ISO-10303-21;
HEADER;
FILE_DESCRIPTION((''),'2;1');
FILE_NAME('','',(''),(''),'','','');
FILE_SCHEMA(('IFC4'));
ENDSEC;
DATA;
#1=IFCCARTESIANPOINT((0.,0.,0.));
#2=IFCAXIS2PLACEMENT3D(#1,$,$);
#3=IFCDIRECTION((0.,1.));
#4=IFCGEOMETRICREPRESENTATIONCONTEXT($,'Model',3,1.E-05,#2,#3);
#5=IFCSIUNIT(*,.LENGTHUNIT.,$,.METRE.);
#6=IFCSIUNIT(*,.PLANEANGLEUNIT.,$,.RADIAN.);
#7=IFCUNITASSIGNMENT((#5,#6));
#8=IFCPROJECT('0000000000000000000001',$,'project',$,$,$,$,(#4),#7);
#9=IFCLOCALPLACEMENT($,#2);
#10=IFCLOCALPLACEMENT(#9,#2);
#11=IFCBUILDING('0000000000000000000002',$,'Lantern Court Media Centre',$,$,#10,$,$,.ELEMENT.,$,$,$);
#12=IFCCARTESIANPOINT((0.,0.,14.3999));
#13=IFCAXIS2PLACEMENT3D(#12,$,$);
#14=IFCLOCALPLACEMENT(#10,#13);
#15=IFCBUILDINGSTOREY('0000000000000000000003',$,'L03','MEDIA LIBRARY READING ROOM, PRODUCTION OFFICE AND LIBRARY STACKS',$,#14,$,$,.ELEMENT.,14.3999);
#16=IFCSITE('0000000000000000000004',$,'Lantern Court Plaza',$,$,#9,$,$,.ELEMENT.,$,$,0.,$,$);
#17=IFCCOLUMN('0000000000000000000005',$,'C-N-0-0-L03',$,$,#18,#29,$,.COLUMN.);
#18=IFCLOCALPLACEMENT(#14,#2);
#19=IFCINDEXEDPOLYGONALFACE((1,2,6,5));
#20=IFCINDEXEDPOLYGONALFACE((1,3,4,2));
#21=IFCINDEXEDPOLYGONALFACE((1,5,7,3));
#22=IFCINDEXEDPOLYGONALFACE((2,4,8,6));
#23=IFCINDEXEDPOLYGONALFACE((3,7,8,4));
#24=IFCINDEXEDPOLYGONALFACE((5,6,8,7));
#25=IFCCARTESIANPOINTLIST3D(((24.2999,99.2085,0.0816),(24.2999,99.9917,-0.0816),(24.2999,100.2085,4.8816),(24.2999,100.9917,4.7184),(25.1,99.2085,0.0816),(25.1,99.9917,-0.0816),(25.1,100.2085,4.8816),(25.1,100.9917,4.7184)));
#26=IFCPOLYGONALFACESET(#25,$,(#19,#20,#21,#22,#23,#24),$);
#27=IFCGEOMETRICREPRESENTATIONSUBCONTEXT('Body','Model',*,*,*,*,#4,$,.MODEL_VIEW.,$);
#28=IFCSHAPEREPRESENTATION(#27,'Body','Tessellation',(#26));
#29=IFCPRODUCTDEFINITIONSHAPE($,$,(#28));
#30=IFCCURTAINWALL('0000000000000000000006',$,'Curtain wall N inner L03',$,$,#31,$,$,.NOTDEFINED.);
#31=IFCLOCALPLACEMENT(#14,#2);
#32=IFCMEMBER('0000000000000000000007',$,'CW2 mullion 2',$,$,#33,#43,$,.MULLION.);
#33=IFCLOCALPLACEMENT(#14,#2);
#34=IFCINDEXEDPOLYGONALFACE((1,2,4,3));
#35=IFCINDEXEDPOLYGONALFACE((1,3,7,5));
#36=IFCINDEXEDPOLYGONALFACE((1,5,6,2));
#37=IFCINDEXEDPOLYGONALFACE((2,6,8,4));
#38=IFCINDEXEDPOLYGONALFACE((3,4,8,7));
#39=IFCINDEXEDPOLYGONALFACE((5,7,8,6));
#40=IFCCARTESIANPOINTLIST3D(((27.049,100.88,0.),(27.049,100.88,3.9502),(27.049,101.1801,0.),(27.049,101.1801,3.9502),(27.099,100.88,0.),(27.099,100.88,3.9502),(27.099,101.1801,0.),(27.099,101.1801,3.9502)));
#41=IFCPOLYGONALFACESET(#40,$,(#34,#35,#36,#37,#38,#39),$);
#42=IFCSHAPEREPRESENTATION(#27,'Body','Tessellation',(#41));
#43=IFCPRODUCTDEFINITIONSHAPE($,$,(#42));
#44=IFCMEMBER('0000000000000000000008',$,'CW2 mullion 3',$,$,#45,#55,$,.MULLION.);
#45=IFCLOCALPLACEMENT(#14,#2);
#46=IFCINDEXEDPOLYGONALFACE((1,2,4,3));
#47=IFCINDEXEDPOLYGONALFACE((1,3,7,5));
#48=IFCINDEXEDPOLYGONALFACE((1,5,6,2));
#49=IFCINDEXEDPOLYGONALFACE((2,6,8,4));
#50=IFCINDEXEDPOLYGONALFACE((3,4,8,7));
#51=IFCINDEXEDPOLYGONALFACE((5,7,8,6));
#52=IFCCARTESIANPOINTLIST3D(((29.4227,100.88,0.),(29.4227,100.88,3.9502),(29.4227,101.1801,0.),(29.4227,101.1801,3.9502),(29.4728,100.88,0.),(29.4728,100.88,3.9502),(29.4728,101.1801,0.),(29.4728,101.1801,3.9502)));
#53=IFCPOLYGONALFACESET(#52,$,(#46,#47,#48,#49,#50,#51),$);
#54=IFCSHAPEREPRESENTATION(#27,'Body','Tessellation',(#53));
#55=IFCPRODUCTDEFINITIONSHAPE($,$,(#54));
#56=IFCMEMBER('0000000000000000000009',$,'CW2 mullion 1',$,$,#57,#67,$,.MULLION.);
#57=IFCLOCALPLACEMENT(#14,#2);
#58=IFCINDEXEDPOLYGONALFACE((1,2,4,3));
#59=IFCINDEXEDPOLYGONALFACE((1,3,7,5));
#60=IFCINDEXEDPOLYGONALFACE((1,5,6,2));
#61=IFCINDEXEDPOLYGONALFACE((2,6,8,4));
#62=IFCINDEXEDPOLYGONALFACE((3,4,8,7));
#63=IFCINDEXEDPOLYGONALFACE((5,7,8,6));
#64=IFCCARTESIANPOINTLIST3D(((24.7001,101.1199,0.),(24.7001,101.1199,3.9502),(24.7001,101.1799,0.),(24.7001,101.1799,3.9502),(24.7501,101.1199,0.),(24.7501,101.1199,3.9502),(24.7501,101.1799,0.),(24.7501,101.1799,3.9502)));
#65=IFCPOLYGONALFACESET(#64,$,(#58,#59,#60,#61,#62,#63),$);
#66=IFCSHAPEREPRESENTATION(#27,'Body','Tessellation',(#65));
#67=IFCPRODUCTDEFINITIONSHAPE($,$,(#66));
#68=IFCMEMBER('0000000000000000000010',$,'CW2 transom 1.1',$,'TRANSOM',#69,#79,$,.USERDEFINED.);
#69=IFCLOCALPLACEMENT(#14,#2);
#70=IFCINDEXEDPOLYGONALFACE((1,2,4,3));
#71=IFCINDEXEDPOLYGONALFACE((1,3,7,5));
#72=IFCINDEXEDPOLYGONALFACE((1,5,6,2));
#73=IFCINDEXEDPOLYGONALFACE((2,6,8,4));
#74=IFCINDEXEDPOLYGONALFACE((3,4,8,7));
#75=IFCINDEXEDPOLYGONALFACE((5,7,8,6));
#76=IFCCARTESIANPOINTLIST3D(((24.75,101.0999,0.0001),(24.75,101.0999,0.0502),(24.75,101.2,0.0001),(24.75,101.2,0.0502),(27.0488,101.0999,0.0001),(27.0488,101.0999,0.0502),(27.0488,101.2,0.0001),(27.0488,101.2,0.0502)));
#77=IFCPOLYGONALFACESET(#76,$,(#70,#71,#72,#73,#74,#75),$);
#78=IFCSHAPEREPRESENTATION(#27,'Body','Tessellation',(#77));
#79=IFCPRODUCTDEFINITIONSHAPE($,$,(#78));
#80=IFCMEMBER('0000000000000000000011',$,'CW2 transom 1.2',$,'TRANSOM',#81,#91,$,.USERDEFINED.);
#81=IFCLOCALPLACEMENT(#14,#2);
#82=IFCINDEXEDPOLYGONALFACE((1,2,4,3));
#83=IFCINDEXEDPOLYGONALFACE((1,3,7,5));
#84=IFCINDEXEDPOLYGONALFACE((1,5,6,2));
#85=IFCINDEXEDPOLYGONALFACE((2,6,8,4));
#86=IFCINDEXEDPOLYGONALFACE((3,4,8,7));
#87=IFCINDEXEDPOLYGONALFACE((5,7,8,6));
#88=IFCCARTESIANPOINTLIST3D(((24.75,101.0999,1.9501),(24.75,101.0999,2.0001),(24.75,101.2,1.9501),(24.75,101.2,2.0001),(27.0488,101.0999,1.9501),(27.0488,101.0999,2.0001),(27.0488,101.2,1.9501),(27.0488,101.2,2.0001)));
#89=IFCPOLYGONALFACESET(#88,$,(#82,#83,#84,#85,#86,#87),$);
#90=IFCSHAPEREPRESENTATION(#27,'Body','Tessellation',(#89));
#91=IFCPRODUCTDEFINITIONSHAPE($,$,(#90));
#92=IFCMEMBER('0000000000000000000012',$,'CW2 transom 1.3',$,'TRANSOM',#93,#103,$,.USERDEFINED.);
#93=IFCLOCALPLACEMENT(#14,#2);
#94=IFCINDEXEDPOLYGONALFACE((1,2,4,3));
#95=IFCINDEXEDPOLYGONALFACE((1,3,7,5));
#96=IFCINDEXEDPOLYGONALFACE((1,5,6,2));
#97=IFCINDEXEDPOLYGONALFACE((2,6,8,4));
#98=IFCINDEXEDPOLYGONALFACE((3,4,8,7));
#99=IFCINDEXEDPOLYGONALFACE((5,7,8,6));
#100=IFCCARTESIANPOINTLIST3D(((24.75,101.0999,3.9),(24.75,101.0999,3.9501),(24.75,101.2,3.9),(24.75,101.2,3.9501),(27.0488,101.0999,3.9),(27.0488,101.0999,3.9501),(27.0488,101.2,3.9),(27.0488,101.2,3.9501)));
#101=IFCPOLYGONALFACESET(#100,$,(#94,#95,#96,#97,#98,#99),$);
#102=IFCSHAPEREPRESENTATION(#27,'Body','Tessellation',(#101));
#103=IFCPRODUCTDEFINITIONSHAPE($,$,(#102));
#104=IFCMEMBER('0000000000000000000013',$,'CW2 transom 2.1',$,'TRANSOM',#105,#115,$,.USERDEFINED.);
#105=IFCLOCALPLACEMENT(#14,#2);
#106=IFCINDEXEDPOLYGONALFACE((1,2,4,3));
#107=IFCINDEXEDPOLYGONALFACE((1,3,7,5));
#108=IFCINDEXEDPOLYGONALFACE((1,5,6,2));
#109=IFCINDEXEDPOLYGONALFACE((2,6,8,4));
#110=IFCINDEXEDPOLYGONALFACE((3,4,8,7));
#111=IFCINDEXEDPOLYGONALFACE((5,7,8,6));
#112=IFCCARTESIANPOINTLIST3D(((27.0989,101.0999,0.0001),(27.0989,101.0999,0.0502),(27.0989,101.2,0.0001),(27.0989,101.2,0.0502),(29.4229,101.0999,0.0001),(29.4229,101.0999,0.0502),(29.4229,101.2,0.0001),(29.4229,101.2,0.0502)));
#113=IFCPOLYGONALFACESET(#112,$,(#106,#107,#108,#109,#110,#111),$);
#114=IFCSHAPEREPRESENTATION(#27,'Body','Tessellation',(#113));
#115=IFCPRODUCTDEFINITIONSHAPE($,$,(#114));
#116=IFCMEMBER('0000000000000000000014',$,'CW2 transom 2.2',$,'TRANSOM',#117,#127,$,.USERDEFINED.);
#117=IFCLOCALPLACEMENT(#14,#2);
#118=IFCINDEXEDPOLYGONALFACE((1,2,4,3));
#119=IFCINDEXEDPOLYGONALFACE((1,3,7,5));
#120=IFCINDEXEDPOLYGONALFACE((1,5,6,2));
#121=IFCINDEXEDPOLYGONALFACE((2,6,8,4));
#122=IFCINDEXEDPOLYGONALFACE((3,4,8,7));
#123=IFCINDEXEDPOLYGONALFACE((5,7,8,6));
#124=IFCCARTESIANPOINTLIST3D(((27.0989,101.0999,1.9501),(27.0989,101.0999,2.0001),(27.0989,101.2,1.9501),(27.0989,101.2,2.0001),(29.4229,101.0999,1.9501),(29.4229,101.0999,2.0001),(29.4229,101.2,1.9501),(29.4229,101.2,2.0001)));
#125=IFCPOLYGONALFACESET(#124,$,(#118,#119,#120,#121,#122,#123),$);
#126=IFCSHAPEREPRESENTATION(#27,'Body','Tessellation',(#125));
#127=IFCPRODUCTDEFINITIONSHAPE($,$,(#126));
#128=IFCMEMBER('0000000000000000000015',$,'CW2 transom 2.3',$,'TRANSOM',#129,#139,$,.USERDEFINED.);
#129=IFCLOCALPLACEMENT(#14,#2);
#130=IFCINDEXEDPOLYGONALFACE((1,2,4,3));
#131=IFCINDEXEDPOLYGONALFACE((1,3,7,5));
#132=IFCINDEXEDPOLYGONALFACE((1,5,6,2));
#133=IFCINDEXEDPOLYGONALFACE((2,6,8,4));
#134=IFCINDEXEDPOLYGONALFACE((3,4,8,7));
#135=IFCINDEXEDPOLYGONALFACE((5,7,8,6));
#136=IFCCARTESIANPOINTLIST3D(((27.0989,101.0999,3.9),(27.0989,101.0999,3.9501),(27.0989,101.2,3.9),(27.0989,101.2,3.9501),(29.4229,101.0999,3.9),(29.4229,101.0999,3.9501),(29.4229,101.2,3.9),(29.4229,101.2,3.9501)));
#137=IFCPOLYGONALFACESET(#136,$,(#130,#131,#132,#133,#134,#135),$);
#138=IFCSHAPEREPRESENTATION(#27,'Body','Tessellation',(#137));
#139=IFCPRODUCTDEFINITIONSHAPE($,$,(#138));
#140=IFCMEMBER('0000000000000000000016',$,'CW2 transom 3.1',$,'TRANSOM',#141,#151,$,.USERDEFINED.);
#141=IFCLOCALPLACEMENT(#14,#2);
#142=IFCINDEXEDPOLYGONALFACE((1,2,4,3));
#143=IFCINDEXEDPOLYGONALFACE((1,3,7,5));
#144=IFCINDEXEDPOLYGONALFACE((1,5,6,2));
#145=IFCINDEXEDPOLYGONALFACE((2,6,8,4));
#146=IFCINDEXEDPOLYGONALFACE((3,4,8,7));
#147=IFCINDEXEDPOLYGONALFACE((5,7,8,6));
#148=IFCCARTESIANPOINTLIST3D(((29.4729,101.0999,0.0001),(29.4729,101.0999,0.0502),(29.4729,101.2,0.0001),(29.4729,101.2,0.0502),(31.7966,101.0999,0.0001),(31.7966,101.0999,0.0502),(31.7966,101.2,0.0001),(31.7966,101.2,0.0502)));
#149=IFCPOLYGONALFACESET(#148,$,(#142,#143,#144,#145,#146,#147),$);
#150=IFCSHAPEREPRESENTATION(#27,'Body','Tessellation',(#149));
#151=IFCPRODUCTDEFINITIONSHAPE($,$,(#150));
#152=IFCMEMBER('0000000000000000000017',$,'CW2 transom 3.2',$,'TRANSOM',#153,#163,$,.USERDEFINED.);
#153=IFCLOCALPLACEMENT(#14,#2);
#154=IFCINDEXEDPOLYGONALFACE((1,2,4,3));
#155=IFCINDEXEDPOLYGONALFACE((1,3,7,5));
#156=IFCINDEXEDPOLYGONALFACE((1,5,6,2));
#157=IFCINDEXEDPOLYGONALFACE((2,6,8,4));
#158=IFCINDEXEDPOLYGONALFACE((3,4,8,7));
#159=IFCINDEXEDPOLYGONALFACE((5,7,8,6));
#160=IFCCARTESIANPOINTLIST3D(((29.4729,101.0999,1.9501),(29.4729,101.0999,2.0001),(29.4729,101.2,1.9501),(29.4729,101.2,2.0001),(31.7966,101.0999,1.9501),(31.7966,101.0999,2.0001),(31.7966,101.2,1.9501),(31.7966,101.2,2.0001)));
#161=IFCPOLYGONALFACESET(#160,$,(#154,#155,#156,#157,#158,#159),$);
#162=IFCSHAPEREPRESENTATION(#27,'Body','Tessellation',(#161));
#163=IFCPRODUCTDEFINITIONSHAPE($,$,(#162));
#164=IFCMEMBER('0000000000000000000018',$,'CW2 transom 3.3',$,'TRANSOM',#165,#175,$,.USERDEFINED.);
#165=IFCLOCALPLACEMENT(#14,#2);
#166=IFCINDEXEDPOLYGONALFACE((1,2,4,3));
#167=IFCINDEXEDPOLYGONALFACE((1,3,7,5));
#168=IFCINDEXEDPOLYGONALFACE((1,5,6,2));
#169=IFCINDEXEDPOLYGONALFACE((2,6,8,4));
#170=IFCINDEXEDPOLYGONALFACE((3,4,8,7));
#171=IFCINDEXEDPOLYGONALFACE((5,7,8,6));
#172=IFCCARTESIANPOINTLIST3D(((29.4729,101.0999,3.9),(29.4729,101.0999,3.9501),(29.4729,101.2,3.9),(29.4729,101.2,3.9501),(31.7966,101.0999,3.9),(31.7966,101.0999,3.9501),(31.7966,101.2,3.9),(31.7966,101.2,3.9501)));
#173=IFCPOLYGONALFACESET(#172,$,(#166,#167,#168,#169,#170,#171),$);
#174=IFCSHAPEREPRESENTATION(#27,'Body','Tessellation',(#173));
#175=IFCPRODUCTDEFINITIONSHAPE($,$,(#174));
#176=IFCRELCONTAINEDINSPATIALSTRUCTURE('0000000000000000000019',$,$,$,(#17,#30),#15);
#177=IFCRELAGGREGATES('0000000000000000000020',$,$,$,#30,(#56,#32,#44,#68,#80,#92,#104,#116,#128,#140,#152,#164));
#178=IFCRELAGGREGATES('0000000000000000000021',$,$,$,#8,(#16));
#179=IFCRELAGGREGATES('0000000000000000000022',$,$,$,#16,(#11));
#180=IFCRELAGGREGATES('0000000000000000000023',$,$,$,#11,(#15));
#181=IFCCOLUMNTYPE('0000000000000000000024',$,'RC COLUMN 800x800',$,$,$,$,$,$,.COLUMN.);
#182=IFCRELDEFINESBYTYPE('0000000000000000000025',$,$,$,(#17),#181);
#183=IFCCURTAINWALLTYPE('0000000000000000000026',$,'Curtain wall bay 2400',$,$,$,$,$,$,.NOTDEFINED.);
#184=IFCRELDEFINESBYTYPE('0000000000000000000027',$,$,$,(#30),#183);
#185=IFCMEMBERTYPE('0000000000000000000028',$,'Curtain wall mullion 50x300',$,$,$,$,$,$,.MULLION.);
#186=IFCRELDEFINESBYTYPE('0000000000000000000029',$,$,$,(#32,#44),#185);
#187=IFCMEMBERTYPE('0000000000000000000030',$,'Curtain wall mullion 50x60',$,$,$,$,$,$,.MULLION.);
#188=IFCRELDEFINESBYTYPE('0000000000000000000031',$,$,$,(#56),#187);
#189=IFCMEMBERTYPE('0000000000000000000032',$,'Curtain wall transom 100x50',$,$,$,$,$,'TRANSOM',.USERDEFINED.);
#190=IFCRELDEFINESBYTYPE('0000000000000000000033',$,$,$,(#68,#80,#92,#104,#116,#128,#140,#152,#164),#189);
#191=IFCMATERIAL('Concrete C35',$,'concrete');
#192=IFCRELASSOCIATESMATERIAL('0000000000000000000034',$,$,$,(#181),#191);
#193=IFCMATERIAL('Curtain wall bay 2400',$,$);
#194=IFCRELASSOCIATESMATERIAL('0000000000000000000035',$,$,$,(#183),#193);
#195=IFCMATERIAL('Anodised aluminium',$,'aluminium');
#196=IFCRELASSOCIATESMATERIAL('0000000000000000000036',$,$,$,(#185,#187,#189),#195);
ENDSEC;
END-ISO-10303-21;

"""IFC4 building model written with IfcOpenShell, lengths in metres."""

from ifc_helpers import new_model, si_unit, direction, frame, origin, origin_2d, place, context, subcontext, project, spatial, rectangle, extrude, material, material_profile, profile_set, type_object, element, aggregate, save


model = new_model("IFC4")

# Units and contexts
model_context = context("Model", 3, precision=1e-05, world=origin(), true_north=direction((0.0, 1.0)))
body_context = subcontext(model_context, "Body", "Model", "MODEL_VIEW")
ifc_project = project(units=[si_unit("LENGTHUNIT", "METRE"), si_unit("PLANEANGLEUNIT", "RADIAN")], contexts=[model_context])

# Site, building, storey
site_placement = place(None, origin())
site = spatial("IfcSite", under=ifc_project, at=site_placement, Name="Lantern Court Plaza", CompositionType="ELEMENT", RefElevation=0.0)
building_placement = place(site_placement, origin())
building = spatial("IfcBuilding", under=site, at=building_placement, Name="Lantern Court Media Centre", CompositionType="ELEMENT")
storey_placement = place(building_placement, frame((0.0, 0.0, 14.3999)))
storey = spatial("IfcBuildingStorey", under=building, at=storey_placement, Name="L03", Description="MEDIA LIBRARY READING ROOM, PRODUCTION OFFICE AND LIBRARY STACKS", CompositionType="ELEMENT", Elevation=14.3999)

# Column
ifc_material_1 = material(Name="Concrete C35", Category="concrete")
ifc_material_profile_1 = material_profile(ifc_material_1, rectangle(XDim=0.8, YDim=0.8, at=origin_2d()), Name="RC 800x800")
ifc_profile_set_1 = profile_set([ifc_material_profile_1], Name="Concrete C35")
column_type = type_object("IfcColumnType", Name="RC COLUMN 800x800", PredefinedType="COLUMN", material=ifc_profile_set_1)
column_placement = place(storey_placement, frame((24.7, 99.6001, 0.0), z_axis=(0.0, 0.203952, 0.978981), x_axis=(-1.0, 0.0, 0.0)))
element("IfcColumn", 1, at=column_placement, inside=storey, type_object=column_type, Name="C-N-0-0-L03", PredefinedType="COLUMN", context=body_context, shape_type="SweptSolid", body=[
    extrude(rectangle(XDim=0.8, YDim=0.8, at=origin_2d()), origin(), (0.0, 0.0, 1.0), 4.9031),
])

# Curtain wall, members
ifc_material_2 = material(Name="Curtain wall bay 2400")
curtain_wall_type = type_object("IfcCurtainWallType", Name="Curtain wall bay 2400", PredefinedType="NOTDEFINED", material=ifc_material_2)
curtain_wall_placement = place(storey_placement, origin())
curtain_wall = element("IfcCurtainWall", 2, at=curtain_wall_placement, inside=storey, type_object=curtain_wall_type, Name="Curtain wall N inner L03", PredefinedType="NOTDEFINED")
ifc_material_3 = material(Name="Anodised aluminium", Category="aluminium")
ifc_material_profile_2 = material_profile(ifc_material_3, rectangle(XDim=0.3, YDim=0.05, at=origin_2d()), Name="AL 50x300")
ifc_profile_set_2 = profile_set([ifc_material_profile_2], Name="Anodised aluminium")
member_type_1 = type_object("IfcMemberType", Name="Curtain wall mullion 50x300", PredefinedType="MULLION", material=ifc_profile_set_2)
member_1_placement = place(storey_placement, frame((27.074, 101.03, 0.0), z_axis=(0.0, 0.0, 1.0), x_axis=(0.0, 1.0, 0.0)))
member_1 = element("IfcMember", 3, at=member_1_placement, type_object=member_type_1, Name="CW2 mullion 2", PredefinedType="MULLION", context=body_context, shape_type="SweptSolid", body=[
    extrude(rectangle(XDim=0.3, YDim=0.05, at=origin_2d()), origin(), (0.0, 0.0, 1.0), 3.9502),
])
member_2_placement = place(storey_placement, frame((29.4478, 101.03, 0.0), z_axis=(0.0, 0.0, 1.0), x_axis=(0.0, 1.0, 0.0)))
member_2 = element("IfcMember", 4, at=member_2_placement, type_object=member_type_1, Name="CW2 mullion 3", PredefinedType="MULLION", context=body_context, shape_type="SweptSolid", body=[
    extrude(rectangle(XDim=0.3, YDim=0.05, at=origin_2d()), origin(), (0.0, 0.0, 1.0), 3.9502),
])
ifc_material_profile_3 = material_profile(ifc_material_3, rectangle(XDim=0.0601, YDim=0.05, at=origin_2d()), Name="AL 50x60")
ifc_profile_set_3 = profile_set([ifc_material_profile_3], Name="Anodised aluminium")
member_type_2 = type_object("IfcMemberType", Name="Curtain wall mullion 50x60", PredefinedType="MULLION", material=ifc_profile_set_3)
member_3_placement = place(storey_placement, frame((24.7251, 101.1499, 0.0), z_axis=(0.0, 0.0, 1.0), x_axis=(0.0, 1.0, 0.0)))
member_3 = element("IfcMember", 5, at=member_3_placement, type_object=member_type_2, Name="CW2 mullion 1", PredefinedType="MULLION", context=body_context, shape_type="SweptSolid", body=[
    extrude(rectangle(XDim=0.0601, YDim=0.05, at=origin_2d()), origin(), (0.0, 0.0, 1.0), 3.9502),
])
ifc_material_profile_4 = material_profile(ifc_material_3, rectangle(XDim=0.1001, YDim=0.05, at=origin_2d()), Name="AL 50x100")
ifc_profile_set_4 = profile_set([ifc_material_profile_4], Name="Anodised aluminium")
member_type_3 = type_object("IfcMemberType", Name="Curtain wall transom 100x50", ElementType="TRANSOM", PredefinedType="USERDEFINED", material=ifc_profile_set_4)
member_4_placement = place(storey_placement, frame((24.75, 101.1499, 0.0251), z_axis=(1.0, 0.0, 0.0), x_axis=(0.0, 1.0, 0.0)))
member_4 = element("IfcMember", 6, at=member_4_placement, type_object=member_type_3, Name="CW2 transom 1.1", ObjectType="TRANSOM", PredefinedType="USERDEFINED", context=body_context, shape_type="SweptSolid", body=[
    extrude(rectangle(XDim=0.1001, YDim=0.05, at=origin_2d()), origin(), (0.0, 0.0, 1.0), 2.2988),
])
member_5_placement = place(storey_placement, frame((24.75, 101.1499, 1.9751), z_axis=(1.0, 0.0, 0.0), x_axis=(0.0, 1.0, 0.0)))
member_5 = element("IfcMember", 7, at=member_5_placement, type_object=member_type_3, Name="CW2 transom 1.2", ObjectType="TRANSOM", PredefinedType="USERDEFINED", context=body_context, shape_type="SweptSolid", body=[
    extrude(rectangle(XDim=0.1001, YDim=0.05, at=origin_2d()), origin(), (0.0, 0.0, 1.0), 2.2988),
])
member_6_placement = place(storey_placement, frame((24.75, 101.1499, 3.925), z_axis=(1.0, 0.0, 0.0), x_axis=(0.0, 1.0, 0.0)))
member_6 = element("IfcMember", 8, at=member_6_placement, type_object=member_type_3, Name="CW2 transom 1.3", ObjectType="TRANSOM", PredefinedType="USERDEFINED", context=body_context, shape_type="SweptSolid", body=[
    extrude(rectangle(XDim=0.1001, YDim=0.05, at=origin_2d()), origin(), (0.0, 0.0, 1.0), 2.2988),
])
member_7_placement = place(storey_placement, frame((27.0989, 101.1499, 0.0251), z_axis=(1.0, 0.0, 0.0), x_axis=(0.0, 1.0, 0.0)))
member_7 = element("IfcMember", 9, at=member_7_placement, type_object=member_type_3, Name="CW2 transom 2.1", ObjectType="TRANSOM", PredefinedType="USERDEFINED", context=body_context, shape_type="SweptSolid", body=[
    extrude(rectangle(XDim=0.1001, YDim=0.05, at=origin_2d()), origin(), (0.0, 0.0, 1.0), 2.324),
])
member_8_placement = place(storey_placement, frame((27.0989, 101.1499, 1.9751), z_axis=(1.0, 0.0, 0.0), x_axis=(0.0, 1.0, 0.0)))
member_8 = element("IfcMember", 10, at=member_8_placement, type_object=member_type_3, Name="CW2 transom 2.2", ObjectType="TRANSOM", PredefinedType="USERDEFINED", context=body_context, shape_type="SweptSolid", body=[
    extrude(rectangle(XDim=0.1001, YDim=0.05, at=origin_2d()), origin(), (0.0, 0.0, 1.0), 2.324),
])
member_9_placement = place(storey_placement, frame((27.0989, 101.1499, 3.925), z_axis=(1.0, 0.0, 0.0), x_axis=(0.0, 1.0, 0.0)))
member_9 = element("IfcMember", 11, at=member_9_placement, type_object=member_type_3, Name="CW2 transom 2.3", ObjectType="TRANSOM", PredefinedType="USERDEFINED", context=body_context, shape_type="SweptSolid", body=[
    extrude(rectangle(XDim=0.1001, YDim=0.05, at=origin_2d()), origin(), (0.0, 0.0, 1.0), 2.324),
])
member_10_placement = place(storey_placement, frame((29.4729, 101.1499, 0.0251), z_axis=(1.0, 0.0, 0.0), x_axis=(0.0, 1.0, 0.0)))
member_10 = element("IfcMember", 12, at=member_10_placement, type_object=member_type_3, Name="CW2 transom 3.1", ObjectType="TRANSOM", PredefinedType="USERDEFINED", context=body_context, shape_type="SweptSolid", body=[
    extrude(rectangle(XDim=0.1001, YDim=0.05, at=origin_2d()), origin(), (0.0, 0.0, 1.0), 2.3237),
])
member_11_placement = place(storey_placement, frame((29.4729, 101.1499, 1.9751), z_axis=(1.0, 0.0, 0.0), x_axis=(0.0, 1.0, 0.0)))
member_11 = element("IfcMember", 13, at=member_11_placement, type_object=member_type_3, Name="CW2 transom 3.2", ObjectType="TRANSOM", PredefinedType="USERDEFINED", context=body_context, shape_type="SweptSolid", body=[
    extrude(rectangle(XDim=0.1001, YDim=0.05, at=origin_2d()), origin(), (0.0, 0.0, 1.0), 2.3237),
])
member_12_placement = place(storey_placement, frame((29.4729, 101.1499, 3.925), z_axis=(1.0, 0.0, 0.0), x_axis=(0.0, 1.0, 0.0)))
member_12 = element("IfcMember", 14, at=member_12_placement, type_object=member_type_3, Name="CW2 transom 3.3", ObjectType="TRANSOM", PredefinedType="USERDEFINED", context=body_context, shape_type="SweptSolid", body=[
    extrude(rectangle(XDim=0.1001, YDim=0.05, at=origin_2d()), origin(), (0.0, 0.0, 1.0), 2.3237),
])

aggregate(curtain_wall, [member_3, member_1, member_2, member_4, member_5, member_6, member_7, member_8, member_9, member_10, member_11, member_12])

save(model, "model.ifc")
